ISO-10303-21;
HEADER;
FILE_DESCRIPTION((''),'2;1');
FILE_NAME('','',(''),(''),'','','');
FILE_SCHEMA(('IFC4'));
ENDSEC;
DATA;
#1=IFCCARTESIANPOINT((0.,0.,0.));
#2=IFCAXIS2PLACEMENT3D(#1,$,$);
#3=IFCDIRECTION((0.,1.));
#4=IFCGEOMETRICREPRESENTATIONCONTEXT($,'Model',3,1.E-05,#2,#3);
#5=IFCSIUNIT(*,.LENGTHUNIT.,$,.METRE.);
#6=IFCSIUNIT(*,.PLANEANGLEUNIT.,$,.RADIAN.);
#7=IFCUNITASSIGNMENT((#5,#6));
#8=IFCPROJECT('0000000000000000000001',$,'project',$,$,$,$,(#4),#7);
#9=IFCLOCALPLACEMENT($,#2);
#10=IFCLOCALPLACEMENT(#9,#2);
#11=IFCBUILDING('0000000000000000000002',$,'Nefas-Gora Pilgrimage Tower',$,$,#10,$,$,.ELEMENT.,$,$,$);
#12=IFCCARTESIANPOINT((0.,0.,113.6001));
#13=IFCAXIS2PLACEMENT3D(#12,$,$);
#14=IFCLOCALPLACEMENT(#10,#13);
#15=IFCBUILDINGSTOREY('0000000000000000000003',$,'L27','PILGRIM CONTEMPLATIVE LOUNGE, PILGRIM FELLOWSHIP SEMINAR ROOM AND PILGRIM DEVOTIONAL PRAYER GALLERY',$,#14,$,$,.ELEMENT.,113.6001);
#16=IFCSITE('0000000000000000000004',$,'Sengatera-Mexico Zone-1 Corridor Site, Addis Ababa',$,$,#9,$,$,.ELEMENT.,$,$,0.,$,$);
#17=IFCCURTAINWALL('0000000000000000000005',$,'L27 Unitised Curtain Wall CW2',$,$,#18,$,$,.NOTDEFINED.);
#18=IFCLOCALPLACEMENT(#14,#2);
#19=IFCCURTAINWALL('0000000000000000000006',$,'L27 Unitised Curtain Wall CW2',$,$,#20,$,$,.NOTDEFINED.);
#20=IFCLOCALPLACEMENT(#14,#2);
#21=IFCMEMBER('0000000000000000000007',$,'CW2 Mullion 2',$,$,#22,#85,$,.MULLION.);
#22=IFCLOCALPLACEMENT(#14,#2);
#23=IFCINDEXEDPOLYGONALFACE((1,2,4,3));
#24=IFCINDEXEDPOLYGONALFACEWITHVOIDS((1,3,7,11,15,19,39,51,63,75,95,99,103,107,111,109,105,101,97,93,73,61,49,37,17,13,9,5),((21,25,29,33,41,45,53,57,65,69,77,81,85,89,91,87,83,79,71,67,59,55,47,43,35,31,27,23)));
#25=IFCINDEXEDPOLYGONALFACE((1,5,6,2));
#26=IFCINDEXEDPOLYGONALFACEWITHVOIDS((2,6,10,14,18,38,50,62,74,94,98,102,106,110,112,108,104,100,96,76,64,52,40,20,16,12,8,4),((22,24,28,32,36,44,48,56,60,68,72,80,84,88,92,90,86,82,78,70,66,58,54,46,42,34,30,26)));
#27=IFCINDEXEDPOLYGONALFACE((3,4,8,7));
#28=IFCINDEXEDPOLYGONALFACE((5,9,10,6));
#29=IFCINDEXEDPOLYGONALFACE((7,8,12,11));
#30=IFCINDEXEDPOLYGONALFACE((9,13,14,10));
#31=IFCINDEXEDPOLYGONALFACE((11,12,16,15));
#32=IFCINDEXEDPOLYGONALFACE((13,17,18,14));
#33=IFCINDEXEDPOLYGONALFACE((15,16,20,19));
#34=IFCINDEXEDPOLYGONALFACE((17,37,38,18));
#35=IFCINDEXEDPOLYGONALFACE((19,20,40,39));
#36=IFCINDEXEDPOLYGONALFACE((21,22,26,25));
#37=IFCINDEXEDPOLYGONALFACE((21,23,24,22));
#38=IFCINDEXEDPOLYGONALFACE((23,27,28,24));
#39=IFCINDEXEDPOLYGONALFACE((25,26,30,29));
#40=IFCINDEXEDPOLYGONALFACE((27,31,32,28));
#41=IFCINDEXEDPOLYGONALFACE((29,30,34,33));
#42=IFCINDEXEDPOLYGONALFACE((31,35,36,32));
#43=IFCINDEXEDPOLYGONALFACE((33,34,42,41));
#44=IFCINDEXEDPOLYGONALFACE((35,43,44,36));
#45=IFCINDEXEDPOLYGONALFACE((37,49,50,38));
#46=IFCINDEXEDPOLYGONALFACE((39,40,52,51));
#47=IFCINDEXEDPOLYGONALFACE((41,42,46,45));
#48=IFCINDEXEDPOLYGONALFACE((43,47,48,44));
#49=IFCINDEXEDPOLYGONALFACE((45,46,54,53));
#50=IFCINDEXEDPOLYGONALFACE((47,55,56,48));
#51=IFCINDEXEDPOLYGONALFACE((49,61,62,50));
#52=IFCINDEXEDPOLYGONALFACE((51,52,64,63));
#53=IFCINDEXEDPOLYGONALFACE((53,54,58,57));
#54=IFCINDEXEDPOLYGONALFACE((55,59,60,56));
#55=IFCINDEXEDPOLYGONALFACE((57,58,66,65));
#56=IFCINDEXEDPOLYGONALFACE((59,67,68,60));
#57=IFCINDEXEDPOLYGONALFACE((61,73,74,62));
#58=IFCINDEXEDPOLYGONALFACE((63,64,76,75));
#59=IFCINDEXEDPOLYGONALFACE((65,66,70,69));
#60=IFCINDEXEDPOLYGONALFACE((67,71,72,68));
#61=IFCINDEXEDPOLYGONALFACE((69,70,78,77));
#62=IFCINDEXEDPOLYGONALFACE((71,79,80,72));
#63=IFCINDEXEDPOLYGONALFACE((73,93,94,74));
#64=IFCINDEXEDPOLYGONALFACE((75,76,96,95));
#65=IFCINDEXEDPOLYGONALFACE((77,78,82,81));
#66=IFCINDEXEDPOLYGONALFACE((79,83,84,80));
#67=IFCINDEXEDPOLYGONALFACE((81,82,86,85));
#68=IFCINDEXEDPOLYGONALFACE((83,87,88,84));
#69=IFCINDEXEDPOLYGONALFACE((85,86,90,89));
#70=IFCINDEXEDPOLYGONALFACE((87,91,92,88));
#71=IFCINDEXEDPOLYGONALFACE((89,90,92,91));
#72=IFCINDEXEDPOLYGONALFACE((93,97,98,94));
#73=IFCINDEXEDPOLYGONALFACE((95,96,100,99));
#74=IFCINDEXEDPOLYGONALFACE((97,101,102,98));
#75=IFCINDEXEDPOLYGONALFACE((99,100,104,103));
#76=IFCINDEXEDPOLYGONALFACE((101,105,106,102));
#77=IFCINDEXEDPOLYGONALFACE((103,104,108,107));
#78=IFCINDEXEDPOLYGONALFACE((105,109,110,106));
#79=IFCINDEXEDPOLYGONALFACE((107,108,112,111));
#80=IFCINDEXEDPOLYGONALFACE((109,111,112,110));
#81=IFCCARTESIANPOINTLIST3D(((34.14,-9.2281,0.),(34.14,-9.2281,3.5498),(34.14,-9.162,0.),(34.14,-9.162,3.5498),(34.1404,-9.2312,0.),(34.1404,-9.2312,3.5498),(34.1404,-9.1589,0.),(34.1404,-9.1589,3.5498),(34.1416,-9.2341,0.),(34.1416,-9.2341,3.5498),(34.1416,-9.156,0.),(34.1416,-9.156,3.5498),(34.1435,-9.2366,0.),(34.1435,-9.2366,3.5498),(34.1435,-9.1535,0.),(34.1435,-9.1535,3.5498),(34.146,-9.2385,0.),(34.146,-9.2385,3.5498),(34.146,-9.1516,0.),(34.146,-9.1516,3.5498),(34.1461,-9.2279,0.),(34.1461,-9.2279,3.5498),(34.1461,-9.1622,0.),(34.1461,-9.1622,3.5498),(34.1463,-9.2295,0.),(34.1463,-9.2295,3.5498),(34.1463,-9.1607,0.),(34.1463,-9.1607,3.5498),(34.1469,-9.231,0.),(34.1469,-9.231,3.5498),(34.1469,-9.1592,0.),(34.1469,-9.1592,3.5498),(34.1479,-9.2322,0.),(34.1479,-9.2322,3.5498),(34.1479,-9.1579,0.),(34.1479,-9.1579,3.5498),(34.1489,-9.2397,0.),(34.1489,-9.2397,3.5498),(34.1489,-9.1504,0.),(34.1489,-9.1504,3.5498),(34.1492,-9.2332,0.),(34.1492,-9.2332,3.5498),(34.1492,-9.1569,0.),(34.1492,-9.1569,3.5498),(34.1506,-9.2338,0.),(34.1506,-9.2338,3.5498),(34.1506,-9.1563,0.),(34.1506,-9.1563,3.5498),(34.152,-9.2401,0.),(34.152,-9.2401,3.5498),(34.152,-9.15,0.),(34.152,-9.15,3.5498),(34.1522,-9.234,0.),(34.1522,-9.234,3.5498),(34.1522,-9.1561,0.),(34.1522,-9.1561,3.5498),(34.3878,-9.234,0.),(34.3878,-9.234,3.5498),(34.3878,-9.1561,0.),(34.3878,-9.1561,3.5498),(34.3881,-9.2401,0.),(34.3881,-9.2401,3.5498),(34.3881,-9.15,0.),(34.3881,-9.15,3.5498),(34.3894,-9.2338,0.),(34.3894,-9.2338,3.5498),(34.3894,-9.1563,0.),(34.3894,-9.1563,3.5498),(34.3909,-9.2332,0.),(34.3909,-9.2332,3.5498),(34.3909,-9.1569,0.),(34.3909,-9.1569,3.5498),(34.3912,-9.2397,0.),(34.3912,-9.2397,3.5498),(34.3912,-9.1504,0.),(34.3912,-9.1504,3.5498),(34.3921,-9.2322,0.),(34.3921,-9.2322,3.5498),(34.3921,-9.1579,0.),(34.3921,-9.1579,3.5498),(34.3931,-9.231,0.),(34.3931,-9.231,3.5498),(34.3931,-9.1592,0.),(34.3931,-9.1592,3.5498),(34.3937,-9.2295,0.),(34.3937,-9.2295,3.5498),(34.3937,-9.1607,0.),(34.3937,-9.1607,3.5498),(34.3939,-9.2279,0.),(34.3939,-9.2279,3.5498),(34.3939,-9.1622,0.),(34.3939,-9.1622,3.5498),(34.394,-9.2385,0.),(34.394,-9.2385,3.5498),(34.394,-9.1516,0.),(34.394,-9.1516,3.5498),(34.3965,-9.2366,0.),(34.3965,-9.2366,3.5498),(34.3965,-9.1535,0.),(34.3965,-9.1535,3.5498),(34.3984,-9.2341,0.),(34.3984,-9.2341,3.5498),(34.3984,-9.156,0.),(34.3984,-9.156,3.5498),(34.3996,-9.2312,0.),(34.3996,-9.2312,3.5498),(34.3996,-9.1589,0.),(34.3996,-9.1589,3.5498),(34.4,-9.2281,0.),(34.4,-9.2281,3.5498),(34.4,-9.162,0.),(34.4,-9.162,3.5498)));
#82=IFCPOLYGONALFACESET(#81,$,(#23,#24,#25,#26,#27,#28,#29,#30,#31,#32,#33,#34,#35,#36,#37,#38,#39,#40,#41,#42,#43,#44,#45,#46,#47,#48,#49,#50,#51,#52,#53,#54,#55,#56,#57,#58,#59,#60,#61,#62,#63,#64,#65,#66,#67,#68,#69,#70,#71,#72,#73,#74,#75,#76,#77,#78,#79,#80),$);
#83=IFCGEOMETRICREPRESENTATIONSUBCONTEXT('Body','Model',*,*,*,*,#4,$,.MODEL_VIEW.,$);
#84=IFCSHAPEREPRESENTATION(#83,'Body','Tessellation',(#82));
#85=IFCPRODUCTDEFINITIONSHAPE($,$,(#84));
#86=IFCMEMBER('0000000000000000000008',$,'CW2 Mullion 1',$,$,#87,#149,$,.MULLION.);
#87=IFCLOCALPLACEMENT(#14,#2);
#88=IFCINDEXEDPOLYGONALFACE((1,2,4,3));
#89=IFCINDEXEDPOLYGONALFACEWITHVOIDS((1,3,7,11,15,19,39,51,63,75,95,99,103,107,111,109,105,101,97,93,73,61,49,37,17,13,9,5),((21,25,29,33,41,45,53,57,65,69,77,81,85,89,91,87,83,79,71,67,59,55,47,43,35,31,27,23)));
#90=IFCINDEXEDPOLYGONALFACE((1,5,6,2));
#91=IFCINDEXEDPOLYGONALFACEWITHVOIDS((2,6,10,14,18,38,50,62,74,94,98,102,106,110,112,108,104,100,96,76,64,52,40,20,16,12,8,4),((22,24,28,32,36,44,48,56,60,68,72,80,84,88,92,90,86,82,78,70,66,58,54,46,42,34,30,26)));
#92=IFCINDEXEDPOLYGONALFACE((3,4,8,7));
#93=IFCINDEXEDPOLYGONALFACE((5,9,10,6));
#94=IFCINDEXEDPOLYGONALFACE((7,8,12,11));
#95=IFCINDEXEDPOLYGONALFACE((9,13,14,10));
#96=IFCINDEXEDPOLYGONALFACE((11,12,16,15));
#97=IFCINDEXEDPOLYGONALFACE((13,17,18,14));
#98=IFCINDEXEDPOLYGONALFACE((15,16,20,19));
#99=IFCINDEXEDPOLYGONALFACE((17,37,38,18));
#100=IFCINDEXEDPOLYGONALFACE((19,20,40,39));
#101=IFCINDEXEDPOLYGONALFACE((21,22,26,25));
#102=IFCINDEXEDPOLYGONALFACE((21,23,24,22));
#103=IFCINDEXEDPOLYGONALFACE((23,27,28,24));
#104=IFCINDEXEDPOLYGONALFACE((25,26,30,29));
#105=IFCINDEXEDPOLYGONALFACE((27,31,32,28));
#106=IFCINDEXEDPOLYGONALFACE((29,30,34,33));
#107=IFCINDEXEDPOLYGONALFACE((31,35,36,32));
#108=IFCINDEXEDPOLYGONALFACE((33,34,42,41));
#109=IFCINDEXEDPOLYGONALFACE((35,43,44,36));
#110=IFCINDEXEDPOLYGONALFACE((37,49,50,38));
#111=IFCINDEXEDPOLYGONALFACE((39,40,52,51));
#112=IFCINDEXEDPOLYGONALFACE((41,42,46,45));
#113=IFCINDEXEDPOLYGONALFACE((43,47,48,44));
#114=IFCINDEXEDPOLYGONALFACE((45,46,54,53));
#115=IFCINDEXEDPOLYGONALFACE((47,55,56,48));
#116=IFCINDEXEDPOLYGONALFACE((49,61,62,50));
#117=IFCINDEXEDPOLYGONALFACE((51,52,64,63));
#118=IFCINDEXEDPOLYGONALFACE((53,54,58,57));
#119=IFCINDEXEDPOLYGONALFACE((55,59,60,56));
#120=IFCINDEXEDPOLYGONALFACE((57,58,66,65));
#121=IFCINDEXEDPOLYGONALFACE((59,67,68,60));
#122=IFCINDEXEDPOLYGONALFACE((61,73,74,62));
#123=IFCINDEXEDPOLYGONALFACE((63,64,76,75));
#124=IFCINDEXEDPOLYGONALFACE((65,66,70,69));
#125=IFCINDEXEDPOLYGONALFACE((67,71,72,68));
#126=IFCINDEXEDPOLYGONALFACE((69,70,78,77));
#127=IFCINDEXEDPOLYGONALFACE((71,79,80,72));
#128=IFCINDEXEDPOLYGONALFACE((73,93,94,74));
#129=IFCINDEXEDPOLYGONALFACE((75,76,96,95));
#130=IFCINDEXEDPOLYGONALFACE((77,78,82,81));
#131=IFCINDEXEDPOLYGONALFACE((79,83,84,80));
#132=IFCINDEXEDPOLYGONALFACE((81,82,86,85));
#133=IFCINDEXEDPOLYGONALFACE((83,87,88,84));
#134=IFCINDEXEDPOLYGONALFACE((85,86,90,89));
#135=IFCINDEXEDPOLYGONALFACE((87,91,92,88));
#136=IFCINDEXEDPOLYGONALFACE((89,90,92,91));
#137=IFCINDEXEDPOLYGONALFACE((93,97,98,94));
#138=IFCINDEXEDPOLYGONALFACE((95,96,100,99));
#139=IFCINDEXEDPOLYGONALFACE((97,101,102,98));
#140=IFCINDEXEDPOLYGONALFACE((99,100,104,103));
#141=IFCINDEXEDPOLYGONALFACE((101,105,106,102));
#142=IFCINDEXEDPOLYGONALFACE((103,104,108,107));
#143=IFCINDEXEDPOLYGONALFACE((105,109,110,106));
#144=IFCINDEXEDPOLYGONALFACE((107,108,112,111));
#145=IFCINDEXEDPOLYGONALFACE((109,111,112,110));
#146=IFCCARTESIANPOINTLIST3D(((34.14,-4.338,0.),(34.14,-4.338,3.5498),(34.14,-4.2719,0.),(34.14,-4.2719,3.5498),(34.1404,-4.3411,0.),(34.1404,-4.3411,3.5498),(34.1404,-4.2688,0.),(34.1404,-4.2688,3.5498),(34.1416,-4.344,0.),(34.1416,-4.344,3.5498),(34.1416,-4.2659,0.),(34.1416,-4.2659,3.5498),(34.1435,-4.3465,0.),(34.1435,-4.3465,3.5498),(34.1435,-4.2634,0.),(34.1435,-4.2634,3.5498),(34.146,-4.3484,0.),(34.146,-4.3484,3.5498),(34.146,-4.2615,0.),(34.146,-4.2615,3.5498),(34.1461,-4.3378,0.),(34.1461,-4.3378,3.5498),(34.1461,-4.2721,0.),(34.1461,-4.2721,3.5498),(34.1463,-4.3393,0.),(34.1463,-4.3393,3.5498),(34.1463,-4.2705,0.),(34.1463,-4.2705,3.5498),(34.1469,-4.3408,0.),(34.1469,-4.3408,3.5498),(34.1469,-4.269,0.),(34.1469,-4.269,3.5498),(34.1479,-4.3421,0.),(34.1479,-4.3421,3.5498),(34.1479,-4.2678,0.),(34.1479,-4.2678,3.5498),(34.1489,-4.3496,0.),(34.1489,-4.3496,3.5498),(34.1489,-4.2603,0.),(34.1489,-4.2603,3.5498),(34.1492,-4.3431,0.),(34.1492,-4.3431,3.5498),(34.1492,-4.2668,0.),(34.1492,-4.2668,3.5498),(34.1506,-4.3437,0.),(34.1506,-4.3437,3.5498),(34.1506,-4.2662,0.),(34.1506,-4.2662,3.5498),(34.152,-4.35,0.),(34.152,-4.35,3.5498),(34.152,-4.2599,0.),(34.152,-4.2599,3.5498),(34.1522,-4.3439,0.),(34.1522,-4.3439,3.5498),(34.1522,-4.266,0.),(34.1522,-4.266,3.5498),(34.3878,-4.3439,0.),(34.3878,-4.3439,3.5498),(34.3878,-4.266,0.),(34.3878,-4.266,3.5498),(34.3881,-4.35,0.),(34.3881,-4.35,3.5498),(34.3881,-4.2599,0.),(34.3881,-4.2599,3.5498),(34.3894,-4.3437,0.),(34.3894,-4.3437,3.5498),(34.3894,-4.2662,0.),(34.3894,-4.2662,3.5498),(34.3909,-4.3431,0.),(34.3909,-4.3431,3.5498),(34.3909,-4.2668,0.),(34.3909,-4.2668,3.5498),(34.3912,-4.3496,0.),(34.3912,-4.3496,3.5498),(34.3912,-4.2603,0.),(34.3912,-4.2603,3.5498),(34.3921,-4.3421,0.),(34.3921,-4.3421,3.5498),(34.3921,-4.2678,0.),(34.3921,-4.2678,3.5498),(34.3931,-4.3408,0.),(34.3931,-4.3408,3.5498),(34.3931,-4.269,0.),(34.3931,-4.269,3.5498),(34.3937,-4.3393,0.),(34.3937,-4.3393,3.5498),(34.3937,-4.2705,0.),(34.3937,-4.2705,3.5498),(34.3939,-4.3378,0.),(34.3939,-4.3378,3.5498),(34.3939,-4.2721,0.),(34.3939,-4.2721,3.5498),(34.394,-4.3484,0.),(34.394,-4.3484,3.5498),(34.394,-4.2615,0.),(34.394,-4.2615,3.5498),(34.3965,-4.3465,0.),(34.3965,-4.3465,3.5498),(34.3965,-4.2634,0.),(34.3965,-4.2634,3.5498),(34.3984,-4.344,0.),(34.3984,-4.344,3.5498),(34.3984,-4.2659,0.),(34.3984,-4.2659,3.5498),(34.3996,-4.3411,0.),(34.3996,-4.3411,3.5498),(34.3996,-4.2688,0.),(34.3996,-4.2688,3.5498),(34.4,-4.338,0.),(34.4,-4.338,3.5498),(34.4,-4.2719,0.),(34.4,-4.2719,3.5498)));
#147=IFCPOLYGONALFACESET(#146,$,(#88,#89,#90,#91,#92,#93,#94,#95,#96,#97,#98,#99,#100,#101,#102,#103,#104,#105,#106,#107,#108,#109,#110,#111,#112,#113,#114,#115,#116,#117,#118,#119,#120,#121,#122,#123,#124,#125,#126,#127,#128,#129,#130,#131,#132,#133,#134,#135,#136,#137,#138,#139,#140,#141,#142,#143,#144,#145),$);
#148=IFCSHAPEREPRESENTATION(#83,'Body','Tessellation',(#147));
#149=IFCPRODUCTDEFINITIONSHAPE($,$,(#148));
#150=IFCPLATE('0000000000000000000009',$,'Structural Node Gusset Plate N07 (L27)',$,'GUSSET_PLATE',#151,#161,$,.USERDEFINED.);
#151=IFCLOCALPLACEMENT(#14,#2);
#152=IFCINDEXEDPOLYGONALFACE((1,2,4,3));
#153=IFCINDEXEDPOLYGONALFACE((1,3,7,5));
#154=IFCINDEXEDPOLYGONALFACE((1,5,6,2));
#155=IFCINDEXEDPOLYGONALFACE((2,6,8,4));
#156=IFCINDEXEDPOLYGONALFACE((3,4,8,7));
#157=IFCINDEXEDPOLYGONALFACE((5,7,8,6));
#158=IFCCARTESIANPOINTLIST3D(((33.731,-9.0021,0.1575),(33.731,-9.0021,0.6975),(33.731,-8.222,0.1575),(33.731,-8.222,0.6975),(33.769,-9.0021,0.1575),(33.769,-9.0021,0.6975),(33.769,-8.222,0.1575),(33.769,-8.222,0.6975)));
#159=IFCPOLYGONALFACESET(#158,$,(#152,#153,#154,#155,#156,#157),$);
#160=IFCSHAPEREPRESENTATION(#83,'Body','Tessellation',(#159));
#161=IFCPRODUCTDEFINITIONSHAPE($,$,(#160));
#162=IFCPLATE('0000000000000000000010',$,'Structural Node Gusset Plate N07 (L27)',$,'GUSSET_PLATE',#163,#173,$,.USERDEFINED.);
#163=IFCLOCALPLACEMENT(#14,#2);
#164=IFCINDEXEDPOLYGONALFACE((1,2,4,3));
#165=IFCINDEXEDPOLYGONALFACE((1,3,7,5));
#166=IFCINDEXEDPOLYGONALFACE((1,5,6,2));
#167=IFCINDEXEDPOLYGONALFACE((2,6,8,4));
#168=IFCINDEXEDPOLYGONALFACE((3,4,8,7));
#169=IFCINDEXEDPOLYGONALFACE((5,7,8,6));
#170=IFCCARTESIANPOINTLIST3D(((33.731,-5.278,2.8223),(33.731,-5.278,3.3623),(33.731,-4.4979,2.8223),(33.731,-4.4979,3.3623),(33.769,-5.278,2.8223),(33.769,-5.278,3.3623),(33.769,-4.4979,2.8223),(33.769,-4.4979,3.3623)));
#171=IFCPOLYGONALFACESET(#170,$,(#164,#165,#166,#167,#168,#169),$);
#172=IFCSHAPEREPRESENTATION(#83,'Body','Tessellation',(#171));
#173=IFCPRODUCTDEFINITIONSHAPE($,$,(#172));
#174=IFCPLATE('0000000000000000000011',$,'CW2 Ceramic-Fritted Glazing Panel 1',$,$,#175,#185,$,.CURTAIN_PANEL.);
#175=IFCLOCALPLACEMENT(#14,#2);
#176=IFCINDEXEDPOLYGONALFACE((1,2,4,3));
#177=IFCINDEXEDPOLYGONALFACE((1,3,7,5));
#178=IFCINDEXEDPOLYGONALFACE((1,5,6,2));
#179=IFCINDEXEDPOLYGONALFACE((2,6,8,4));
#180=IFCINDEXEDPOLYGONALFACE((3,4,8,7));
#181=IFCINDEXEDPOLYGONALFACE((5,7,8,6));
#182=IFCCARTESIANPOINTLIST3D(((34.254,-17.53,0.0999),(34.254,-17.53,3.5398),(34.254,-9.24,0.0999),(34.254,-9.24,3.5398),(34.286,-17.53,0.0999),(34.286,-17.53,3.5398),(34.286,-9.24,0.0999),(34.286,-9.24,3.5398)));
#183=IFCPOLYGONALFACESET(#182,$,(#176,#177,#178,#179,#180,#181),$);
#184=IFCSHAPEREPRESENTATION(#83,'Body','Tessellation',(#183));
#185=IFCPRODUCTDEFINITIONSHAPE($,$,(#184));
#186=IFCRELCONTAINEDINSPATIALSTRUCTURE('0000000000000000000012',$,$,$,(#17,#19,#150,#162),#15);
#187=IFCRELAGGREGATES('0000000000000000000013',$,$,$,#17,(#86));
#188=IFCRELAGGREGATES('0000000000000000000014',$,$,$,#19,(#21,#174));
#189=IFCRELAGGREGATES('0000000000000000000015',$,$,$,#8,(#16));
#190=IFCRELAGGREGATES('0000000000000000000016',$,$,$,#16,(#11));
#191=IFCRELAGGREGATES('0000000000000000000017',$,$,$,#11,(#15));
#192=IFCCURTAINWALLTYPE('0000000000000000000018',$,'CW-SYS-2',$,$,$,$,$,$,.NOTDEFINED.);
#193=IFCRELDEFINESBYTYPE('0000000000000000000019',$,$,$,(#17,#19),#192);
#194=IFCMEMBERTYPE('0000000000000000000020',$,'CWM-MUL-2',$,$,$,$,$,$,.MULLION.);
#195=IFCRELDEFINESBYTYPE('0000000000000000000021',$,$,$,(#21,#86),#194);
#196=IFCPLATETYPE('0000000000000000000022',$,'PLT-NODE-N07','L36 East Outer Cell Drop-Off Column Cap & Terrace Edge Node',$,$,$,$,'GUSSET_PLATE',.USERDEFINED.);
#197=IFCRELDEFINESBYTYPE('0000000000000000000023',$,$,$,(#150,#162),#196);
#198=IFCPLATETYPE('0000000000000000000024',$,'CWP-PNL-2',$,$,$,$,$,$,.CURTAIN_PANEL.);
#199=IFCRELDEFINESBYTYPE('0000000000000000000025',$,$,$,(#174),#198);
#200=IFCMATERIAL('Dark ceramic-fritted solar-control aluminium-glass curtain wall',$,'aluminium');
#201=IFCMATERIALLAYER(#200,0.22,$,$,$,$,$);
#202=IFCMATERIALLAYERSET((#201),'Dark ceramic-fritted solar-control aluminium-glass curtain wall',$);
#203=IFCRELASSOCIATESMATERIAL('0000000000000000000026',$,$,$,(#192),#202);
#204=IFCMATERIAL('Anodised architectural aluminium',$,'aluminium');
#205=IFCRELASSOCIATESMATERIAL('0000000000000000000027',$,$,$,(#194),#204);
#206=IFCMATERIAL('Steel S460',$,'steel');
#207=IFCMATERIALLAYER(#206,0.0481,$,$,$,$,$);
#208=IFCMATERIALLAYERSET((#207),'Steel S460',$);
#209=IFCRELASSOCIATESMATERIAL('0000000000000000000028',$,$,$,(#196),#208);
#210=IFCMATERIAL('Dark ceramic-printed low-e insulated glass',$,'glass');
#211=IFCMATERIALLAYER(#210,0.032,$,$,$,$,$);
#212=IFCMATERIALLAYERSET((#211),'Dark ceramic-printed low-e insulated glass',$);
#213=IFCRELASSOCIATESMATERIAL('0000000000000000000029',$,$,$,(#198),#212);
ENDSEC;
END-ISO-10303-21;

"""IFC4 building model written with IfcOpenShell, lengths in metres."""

from ifc_helpers import new_model, si_unit, direction, frame, origin, origin_2d, place, context, subcontext, project, spatial, rectangle, hollow_rectangle, extrude, source, transform, mapped, material, layer, layer_set, material_profile, profile_set, type_object, element, aggregate, save


model = new_model("IFC4")

# Units and contexts
model_context = context("Model", 3, precision=1e-05, world=origin(), true_north=direction((0.0, 1.0)))
body_context = subcontext(model_context, "Body", "Model", "MODEL_VIEW")
ifc_project = project(units=[si_unit("LENGTHUNIT", "METRE"), si_unit("PLANEANGLEUNIT", "RADIAN")], contexts=[model_context])

# Site, building, storey
site_placement = place(None, origin())
site = spatial("IfcSite", under=ifc_project, at=site_placement, Name="Sengatera-Mexico Zone-1 Corridor Site, Addis Ababa", CompositionType="ELEMENT", RefElevation=0.0)
building_placement = place(site_placement, origin())
building = spatial("IfcBuilding", under=site, at=building_placement, Name="Nefas-Gora Pilgrimage Tower", CompositionType="ELEMENT")
storey_placement = place(building_placement, frame((0.0, 0.0, 113.6001)))
storey = spatial("IfcBuildingStorey", under=building, at=storey_placement, Name="L27", Description="PILGRIM CONTEMPLATIVE LOUNGE, PILGRIM FELLOWSHIP SEMINAR ROOM AND PILGRIM DEVOTIONAL PRAYER GALLERY", CompositionType="ELEMENT", Elevation=113.6001)

# Shared definitions
ifc_material_1 = material(Name="Steel S460", Category="steel")

# Curtain walls, member
ifc_material_2 = material(Name="Dark ceramic-fritted solar-control aluminium-glass curtain wall", Category="aluminium")
ifc_layer_1 = layer(ifc_material_2, 0.22)
ifc_layer_set_1 = layer_set([ifc_layer_1], Name="Dark ceramic-fritted solar-control aluminium-glass curtain wall")
curtain_wall_type = type_object("IfcCurtainWallType", Name="CW-SYS-2", PredefinedType="NOTDEFINED", material=ifc_layer_set_1)
curtain_wall_1_placement = place(storey_placement, origin())
curtain_wall_1 = element("IfcCurtainWall", 1, at=curtain_wall_1_placement, inside=storey, type_object=curtain_wall_type, Name="L27 Unitised Curtain Wall CW2", PredefinedType="NOTDEFINED")
ifc_material_3 = material(Name="Anodised architectural aluminium", Category="aluminium")
curtain_wall_2_placement = place(storey_placement, origin())
curtain_wall_2 = element("IfcCurtainWall", 2, at=curtain_wall_2_placement, inside=storey, type_object=curtain_wall_type, Name="L27 Unitised Curtain Wall CW2", PredefinedType="NOTDEFINED")
ifc_material_profile_1 = material_profile(ifc_material_3, hollow_rectangle(XDim=0.0901, YDim=0.26, WallThickness=0.0061, InnerFilletRadius=0.0061, OuterFilletRadius=0.012, at=origin_2d()), Name="ALU MULLION 90x260")
ifc_profile_set_1 = profile_set([ifc_material_profile_1], Name="Anodised architectural aluminium")
member_type_1 = type_object("IfcMemberType", Name="CWM-MUL-2", PredefinedType="MULLION", material=ifc_profile_set_1)
shared_shape_1 = source(origin(), body_context, "Body", "SweptSolid", [
    extrude(hollow_rectangle(XDim=0.0901, YDim=0.26, WallThickness=0.0061, InnerFilletRadius=0.0061, OuterFilletRadius=0.012, at=origin_2d()), origin(), (0.0, 0.0, 1.0), 3.5498),
])
member_1_placement = place(storey_placement, frame((34.27, -9.1951, 0.0), z_axis=(0.0, 0.0, 1.0), x_axis=(0.0, 1.0, 0.0)))
member_1 = element("IfcMember", 3, at=member_1_placement, type_object=member_type_1, Name="CW2 Mullion 2", PredefinedType="MULLION", context=body_context, shape_type="MappedRepresentation", body=[
    mapped(shared_shape_1, transform((0.0, 0.0, 0.0), x_axis=(1.0, 0.0, 0.0), y_axis=(0.0, 1.0, 0.0), z_axis=(0.0, 0.0, 1.0), scale=1.0)),
])

# Member
member_2_placement = place(storey_placement, frame((34.27, -4.3049, 0.0), z_axis=(0.0, 0.0, 1.0), x_axis=(0.0, 1.0, 0.0)))
member_2 = element("IfcMember", 4, at=member_2_placement, type_object=member_type_1, Name="CW2 Mullion 1", PredefinedType="MULLION", context=body_context, shape_type="MappedRepresentation", body=[
    mapped(shared_shape_1, transform((0.0, 0.0, 0.0), x_axis=(1.0, 0.0, 0.0), y_axis=(0.0, 1.0, 0.0), z_axis=(0.0, 0.0, 1.0), scale=1.0)),
])
aggregate(curtain_wall_1, [member_2])

# Plates
ifc_layer_2 = layer(ifc_material_1, 0.0481)
ifc_layer_set_2 = layer_set([ifc_layer_2], Name="Steel S460")
plate_type_1 = type_object("IfcPlateType", Name="PLT-NODE-N07", Description="L36 East Outer Cell Drop-Off Column Cap & Terrace Edge Node", ElementType="GUSSET_PLATE", PredefinedType="USERDEFINED", material=ifc_layer_set_2)
shared_shape_2 = source(origin(), body_context, "Body", "SweptSolid", [
    extrude(rectangle(XDim=0.78, YDim=0.0381, at=origin_2d()), origin(), (0.0, 0.0, 1.0), 0.54),
])
for number, where, z_axis, x_axis, name in (
    (5, (33.75, -8.6121, 0.1575), (0.0, 0.0, 1.0), (0.0, 1.0, 0.0), "Structural Node Gusset Plate N07 (L27)"),
    (6, (33.75, -4.8879, 2.8223), (0.0, 0.0, 1.0), (0.0, 1.0, 0.0), "Structural Node Gusset Plate N07 (L27)"),
):
    element("IfcPlate", number, at=place(storey_placement, frame(where, z_axis=z_axis, x_axis=x_axis)), inside=storey, type_object=plate_type_1, Name=name, ObjectType="GUSSET_PLATE", PredefinedType="USERDEFINED", context=body_context, shape_type="MappedRepresentation", body=[
        mapped(shared_shape_2, transform((0.0, 0.0, 0.0), x_axis=(1.0, 0.0, 0.0), y_axis=(0.0, 1.0, 0.0), z_axis=(0.0, 0.0, 1.0), scale=1.0)),
    ])

# Plate
ifc_material_4 = material(Name="Dark ceramic-printed low-e insulated glass", Category="glass")
ifc_layer_3 = layer(ifc_material_4, 0.032)
ifc_layer_set_3 = layer_set([ifc_layer_3], Name="Dark ceramic-printed low-e insulated glass")
plate_type_2 = type_object("IfcPlateType", Name="CWP-PNL-2", PredefinedType="CURTAIN_PANEL", material=ifc_layer_set_3)
shared_shape_3 = source(origin(), body_context, "Body", "SweptSolid", [
    extrude(rectangle(XDim=8.29, YDim=0.032, at=origin_2d()), origin(), (0.0, 0.0, 1.0), 3.4399),
])
plate_placement = place(storey_placement, frame((34.27, -13.385, 0.0999), z_axis=(0.0, 0.0, 1.0), x_axis=(0.0, 1.0, 0.0)))
plate = element("IfcPlate", 7, at=plate_placement, type_object=plate_type_2, Name="CW2 Ceramic-Fritted Glazing Panel 1", PredefinedType="CURTAIN_PANEL", context=body_context, shape_type="MappedRepresentation", body=[
    mapped(shared_shape_3, transform((0.0, 0.0, 0.0), x_axis=(1.0, 0.0, 0.0), y_axis=(0.0, 1.0, 0.0), z_axis=(0.0, 0.0, 1.0), scale=1.0)),
])
aggregate(curtain_wall_2, [member_1, plate])

save(model, "model.ifc")
